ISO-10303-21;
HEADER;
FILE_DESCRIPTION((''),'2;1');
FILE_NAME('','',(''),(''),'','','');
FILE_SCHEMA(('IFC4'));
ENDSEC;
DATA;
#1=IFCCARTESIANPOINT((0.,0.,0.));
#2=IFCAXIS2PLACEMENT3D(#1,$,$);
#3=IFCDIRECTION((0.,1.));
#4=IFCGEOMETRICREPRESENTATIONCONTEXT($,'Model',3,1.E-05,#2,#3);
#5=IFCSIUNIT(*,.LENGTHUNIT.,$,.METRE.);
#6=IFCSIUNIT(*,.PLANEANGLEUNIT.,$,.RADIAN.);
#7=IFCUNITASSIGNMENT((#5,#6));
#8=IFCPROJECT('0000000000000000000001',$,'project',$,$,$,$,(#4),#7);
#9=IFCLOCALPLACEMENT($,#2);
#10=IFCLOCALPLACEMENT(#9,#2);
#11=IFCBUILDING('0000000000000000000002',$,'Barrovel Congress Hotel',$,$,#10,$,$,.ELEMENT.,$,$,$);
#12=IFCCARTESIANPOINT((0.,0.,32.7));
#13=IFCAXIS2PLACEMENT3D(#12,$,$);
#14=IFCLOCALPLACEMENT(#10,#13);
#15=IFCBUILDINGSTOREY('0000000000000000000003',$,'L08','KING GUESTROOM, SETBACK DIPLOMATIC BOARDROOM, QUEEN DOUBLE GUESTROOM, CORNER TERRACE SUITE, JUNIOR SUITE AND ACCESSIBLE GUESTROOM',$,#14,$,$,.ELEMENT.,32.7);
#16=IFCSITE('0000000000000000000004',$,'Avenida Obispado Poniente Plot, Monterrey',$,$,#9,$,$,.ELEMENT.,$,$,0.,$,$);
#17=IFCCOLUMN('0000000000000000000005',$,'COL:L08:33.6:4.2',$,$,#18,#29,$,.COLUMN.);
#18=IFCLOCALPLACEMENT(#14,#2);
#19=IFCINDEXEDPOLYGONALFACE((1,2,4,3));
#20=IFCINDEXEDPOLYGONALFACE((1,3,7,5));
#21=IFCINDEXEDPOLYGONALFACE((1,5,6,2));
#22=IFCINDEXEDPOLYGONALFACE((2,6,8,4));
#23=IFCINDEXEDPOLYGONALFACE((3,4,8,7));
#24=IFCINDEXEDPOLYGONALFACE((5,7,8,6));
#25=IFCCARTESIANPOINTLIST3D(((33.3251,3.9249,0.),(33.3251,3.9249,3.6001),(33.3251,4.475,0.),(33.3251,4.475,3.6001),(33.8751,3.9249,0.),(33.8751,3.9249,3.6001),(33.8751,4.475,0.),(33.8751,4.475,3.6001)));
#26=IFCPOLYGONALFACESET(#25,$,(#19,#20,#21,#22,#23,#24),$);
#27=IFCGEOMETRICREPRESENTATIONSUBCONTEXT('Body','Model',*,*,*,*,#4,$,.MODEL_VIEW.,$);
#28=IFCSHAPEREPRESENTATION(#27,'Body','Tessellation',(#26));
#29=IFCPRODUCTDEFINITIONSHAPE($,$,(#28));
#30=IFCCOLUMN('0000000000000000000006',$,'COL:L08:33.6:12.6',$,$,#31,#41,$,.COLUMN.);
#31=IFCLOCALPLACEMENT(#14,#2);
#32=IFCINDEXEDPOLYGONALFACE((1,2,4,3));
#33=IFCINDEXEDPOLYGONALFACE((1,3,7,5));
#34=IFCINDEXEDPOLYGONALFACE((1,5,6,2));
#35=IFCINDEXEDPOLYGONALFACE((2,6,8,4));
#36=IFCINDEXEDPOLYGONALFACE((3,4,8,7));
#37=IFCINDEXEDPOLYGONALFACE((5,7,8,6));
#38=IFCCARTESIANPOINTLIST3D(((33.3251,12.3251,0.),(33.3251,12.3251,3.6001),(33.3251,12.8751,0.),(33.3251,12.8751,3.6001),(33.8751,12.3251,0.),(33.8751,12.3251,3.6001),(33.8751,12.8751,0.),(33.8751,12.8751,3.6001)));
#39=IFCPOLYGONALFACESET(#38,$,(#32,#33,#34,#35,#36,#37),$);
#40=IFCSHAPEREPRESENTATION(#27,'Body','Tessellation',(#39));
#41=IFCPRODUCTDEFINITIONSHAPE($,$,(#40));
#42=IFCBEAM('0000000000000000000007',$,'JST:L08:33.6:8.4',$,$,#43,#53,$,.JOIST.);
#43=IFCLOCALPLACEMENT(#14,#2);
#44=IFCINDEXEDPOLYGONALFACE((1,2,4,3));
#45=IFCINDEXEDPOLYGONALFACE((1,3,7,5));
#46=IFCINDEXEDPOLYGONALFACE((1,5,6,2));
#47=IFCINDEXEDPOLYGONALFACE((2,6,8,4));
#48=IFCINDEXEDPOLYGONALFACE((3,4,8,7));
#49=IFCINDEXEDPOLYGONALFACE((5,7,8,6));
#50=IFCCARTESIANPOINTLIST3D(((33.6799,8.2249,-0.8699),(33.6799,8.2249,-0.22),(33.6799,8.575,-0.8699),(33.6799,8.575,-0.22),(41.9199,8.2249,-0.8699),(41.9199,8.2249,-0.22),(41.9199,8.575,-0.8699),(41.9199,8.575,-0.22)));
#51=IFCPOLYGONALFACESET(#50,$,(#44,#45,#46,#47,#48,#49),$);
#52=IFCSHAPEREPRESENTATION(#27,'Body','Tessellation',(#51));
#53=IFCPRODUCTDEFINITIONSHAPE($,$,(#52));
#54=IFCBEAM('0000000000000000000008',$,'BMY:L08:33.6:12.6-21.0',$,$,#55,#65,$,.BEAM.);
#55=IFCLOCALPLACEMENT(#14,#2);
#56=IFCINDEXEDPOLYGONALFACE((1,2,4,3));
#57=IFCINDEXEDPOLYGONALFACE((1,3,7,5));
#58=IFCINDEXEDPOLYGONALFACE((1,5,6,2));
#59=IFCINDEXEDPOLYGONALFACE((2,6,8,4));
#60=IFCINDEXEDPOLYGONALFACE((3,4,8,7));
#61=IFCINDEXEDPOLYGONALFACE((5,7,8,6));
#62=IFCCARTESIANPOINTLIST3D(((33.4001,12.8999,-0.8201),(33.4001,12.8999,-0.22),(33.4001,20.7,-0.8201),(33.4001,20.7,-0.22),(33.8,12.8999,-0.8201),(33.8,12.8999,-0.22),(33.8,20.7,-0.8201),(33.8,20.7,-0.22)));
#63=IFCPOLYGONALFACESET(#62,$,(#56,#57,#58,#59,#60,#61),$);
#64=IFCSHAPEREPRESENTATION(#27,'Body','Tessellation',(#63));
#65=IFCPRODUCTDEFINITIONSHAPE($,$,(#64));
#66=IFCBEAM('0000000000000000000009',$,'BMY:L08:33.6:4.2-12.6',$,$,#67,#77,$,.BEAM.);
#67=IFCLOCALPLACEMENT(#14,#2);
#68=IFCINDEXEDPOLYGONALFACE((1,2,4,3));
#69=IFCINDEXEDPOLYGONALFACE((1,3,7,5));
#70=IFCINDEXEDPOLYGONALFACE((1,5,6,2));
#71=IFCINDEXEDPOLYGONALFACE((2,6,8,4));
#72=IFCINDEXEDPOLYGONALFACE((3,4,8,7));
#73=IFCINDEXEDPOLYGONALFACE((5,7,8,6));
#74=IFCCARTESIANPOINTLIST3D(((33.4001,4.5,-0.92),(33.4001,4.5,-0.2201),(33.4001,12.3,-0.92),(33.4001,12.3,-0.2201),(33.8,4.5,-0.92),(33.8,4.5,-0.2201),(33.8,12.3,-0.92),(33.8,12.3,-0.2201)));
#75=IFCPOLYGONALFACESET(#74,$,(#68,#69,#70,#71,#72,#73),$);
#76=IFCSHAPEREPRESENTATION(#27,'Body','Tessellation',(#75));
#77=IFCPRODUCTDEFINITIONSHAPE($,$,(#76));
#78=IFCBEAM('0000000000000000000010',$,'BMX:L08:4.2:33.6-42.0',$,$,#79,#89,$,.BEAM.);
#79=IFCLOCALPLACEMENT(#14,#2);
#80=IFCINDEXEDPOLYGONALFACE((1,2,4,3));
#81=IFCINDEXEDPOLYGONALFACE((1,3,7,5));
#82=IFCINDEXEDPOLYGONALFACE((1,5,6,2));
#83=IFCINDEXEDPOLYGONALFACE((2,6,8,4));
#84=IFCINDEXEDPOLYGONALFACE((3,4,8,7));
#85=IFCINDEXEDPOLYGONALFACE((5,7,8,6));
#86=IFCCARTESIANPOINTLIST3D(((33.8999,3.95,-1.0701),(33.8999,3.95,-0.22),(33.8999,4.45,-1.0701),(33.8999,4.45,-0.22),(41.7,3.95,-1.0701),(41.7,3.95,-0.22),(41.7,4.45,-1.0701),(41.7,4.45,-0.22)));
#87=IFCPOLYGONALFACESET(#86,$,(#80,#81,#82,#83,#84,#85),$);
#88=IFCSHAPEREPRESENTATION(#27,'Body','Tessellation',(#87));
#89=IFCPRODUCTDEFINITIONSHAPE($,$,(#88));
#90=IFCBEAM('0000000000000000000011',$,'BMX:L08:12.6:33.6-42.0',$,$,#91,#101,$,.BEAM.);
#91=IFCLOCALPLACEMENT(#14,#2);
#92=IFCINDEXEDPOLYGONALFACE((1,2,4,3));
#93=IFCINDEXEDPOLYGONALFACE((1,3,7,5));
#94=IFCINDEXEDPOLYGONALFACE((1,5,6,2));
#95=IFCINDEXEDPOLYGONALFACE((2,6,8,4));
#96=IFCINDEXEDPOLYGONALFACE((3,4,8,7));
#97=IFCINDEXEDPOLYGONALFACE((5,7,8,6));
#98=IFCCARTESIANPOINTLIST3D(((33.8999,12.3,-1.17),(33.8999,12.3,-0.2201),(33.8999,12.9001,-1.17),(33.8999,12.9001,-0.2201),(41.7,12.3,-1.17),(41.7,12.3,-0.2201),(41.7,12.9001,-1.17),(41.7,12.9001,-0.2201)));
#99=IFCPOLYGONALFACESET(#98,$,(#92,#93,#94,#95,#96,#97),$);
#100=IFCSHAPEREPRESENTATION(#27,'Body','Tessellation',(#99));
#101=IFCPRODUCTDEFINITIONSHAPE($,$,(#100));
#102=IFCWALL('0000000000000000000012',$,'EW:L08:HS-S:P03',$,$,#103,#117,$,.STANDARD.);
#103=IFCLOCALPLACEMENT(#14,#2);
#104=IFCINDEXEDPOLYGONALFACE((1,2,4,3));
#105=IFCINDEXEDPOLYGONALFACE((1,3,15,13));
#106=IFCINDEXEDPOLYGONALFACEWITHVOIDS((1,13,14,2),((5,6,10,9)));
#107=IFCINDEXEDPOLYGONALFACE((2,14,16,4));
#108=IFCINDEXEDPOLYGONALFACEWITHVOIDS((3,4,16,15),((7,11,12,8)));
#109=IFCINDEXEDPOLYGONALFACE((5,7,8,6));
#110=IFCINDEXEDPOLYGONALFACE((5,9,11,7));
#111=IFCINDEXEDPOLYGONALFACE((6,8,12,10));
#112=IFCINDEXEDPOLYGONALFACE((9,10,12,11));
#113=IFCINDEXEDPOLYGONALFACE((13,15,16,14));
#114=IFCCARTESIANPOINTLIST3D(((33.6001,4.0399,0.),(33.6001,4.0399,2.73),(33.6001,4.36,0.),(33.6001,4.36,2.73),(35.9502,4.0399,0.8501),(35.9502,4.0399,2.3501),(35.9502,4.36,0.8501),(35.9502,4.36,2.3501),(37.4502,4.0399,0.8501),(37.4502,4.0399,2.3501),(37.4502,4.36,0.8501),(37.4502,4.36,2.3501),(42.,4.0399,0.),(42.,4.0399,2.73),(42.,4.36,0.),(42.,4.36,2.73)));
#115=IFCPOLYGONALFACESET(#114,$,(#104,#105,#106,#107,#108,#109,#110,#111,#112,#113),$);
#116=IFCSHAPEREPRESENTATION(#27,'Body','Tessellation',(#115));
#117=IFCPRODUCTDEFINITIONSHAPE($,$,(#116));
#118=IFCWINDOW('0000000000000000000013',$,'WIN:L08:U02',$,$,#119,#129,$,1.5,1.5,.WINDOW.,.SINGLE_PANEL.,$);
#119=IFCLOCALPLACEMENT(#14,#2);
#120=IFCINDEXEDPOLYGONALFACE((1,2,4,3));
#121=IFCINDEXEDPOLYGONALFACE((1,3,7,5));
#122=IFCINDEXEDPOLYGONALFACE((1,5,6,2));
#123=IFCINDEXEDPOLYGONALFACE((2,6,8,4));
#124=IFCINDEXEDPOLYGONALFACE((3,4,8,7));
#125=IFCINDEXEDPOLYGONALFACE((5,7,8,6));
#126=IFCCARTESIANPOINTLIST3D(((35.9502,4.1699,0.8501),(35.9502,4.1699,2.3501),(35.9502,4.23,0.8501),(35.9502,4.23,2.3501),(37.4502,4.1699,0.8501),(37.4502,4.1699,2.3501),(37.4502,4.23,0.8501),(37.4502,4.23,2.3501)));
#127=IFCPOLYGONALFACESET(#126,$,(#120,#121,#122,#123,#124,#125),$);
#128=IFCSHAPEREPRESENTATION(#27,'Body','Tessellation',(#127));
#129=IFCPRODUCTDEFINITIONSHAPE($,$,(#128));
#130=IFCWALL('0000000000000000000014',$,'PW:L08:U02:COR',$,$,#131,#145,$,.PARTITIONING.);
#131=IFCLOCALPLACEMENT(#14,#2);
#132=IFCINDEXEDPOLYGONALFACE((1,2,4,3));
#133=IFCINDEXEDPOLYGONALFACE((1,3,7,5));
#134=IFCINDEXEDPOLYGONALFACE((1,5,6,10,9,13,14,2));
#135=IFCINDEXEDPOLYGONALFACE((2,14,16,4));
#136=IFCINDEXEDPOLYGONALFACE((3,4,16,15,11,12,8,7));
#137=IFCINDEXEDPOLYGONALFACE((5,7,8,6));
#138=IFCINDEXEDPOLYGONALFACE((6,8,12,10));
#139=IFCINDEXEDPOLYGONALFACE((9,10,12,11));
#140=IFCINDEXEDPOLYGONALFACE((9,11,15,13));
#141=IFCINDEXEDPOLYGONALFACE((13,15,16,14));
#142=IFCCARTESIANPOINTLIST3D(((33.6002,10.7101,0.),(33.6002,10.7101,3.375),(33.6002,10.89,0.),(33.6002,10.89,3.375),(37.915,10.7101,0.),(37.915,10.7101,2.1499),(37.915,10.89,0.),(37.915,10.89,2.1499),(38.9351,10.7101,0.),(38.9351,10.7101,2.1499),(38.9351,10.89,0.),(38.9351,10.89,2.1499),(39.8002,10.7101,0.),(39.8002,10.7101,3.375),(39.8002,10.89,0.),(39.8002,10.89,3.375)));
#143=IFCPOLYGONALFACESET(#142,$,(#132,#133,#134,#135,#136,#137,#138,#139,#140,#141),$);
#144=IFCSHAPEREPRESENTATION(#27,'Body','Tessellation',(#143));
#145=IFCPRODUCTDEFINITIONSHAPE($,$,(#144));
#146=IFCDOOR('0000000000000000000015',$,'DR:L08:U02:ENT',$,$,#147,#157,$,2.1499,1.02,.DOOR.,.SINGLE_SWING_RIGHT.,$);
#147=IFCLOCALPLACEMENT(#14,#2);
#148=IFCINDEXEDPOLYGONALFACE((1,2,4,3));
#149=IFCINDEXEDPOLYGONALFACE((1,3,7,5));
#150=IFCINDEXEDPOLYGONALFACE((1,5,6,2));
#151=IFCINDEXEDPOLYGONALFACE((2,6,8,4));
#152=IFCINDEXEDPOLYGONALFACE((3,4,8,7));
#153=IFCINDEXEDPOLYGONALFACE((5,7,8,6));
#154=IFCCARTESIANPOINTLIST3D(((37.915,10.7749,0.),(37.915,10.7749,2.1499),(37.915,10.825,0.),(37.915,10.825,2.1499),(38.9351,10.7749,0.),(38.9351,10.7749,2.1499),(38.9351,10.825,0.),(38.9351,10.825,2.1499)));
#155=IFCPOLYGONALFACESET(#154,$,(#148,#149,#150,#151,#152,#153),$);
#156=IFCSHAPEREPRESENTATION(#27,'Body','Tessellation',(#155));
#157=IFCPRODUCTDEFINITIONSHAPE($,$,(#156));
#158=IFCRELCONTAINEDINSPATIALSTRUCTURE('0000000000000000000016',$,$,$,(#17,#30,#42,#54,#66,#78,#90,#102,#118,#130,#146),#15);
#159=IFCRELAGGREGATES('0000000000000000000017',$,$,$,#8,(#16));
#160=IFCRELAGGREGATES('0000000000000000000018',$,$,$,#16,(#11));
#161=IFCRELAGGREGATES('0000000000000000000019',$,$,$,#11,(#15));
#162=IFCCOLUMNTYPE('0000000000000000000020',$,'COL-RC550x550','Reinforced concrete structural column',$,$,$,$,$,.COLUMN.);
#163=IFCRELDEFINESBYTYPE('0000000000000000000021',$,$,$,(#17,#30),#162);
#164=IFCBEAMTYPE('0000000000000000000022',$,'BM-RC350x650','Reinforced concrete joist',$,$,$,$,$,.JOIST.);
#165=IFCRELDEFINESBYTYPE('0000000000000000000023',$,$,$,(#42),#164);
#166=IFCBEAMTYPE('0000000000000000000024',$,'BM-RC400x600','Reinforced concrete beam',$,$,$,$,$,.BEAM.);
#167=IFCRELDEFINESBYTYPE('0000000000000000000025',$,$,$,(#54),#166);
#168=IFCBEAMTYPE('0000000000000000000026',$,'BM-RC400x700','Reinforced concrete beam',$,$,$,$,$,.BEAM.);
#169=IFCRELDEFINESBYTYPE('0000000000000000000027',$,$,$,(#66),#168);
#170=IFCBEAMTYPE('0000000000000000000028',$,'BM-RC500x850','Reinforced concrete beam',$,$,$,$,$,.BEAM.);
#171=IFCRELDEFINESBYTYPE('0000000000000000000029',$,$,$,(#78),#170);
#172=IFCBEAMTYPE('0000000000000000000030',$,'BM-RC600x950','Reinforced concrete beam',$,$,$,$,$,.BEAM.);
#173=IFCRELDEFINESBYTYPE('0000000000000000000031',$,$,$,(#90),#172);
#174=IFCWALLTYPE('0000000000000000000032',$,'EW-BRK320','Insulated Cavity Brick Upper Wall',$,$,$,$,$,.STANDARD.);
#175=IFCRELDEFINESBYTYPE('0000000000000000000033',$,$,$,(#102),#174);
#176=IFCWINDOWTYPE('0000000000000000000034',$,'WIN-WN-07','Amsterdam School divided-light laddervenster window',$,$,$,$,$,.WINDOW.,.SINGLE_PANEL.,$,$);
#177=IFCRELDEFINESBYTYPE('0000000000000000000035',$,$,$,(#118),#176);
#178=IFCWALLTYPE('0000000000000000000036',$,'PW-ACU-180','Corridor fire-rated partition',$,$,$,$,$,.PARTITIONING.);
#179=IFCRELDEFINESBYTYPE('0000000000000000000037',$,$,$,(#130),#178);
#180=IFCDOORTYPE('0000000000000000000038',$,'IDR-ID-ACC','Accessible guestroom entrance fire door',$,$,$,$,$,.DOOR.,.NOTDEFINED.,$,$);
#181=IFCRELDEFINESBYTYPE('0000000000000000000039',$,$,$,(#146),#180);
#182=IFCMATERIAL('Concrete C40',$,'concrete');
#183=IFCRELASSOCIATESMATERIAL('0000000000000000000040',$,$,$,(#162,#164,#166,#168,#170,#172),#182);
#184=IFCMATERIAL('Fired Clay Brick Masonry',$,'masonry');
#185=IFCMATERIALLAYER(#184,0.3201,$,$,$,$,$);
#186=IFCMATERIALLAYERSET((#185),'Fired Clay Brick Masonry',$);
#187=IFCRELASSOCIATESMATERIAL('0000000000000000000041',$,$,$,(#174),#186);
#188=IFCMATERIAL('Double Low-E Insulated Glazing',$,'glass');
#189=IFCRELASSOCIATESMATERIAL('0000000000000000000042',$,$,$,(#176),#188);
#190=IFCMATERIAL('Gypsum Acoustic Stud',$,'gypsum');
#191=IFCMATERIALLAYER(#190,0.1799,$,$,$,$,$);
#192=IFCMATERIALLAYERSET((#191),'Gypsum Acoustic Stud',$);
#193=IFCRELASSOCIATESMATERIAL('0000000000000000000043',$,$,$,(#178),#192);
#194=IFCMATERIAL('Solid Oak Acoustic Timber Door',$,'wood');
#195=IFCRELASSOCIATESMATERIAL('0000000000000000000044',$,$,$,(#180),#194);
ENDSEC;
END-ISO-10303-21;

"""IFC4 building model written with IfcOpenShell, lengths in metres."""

from ifc_helpers import new_model, si_unit, direction, frame, frame_2d, origin, origin_2d, place, context, subcontext, project, spatial, rectangle, extrude, material, layer, layer_set, material_profile, profile_set, type_object, element, fill, save


model = new_model("IFC4")

# Units and contexts
model_context = context("Model", 3, precision=1e-05, world=origin(), true_north=direction((0.0, 1.0)))
body_context = subcontext(model_context, "Body", "Model", "MODEL_VIEW")
ifc_project = project(units=[si_unit("LENGTHUNIT", "METRE"), si_unit("PLANEANGLEUNIT", "RADIAN")], contexts=[model_context])

# Site, building, storey
site_placement = place(None, origin())
site = spatial("IfcSite", under=ifc_project, at=site_placement, Name="Avenida Obispado Poniente Plot, Monterrey", CompositionType="ELEMENT", RefElevation=0.0)
building_placement = place(site_placement, origin())
building = spatial("IfcBuilding", under=site, at=building_placement, Name="Barrovel Congress Hotel", CompositionType="ELEMENT")
storey_placement = place(building_placement, frame((0.0, 0.0, 32.7)))
storey = spatial("IfcBuildingStorey", under=building, at=storey_placement, Name="L08", Description="KING GUESTROOM, SETBACK DIPLOMATIC BOARDROOM, QUEEN DOUBLE GUESTROOM, CORNER TERRACE SUITE, JUNIOR SUITE AND ACCESSIBLE GUESTROOM", CompositionType="ELEMENT", Elevation=32.7)

# Columns
ifc_material_1 = material(Name="Concrete C40", Category="concrete")
ifc_material_profile_1 = material_profile(ifc_material_1, rectangle(XDim=0.55, YDim=0.55, at=origin_2d()), Name="RC550x550")
ifc_profile_set_1 = profile_set([ifc_material_profile_1], Name="Concrete C40")
column_type = type_object("IfcColumnType", Name="COL-RC550x550", Description="Reinforced concrete structural column", PredefinedType="COLUMN", material=ifc_profile_set_1)
for number, where, z_axis, x_axis, name in (
    (1, (33.6001, 4.2, 0.0), (0.0, 0.0, 1.0), (1.0, 0.0, 0.0), "COL:L08:33.6:4.2"),
    (2, (33.6001, 12.6001, 0.0), (0.0, 0.0, 1.0), (1.0, 0.0, 0.0), "COL:L08:33.6:12.6"),
):
    element("IfcColumn", number, at=place(storey_placement, frame(where, z_axis=z_axis, x_axis=x_axis)), inside=storey, type_object=column_type, Name=name, PredefinedType="COLUMN", context=body_context, shape_type="SweptSolid", body=[
        extrude(rectangle(XDim=0.55, YDim=0.55, at=origin_2d()), origin(), (0.0, 0.0, 1.0), 3.6001),
    ])

# Beams
ifc_material_profile_2 = material_profile(ifc_material_1, rectangle(XDim=0.3501, YDim=0.6499, at=origin_2d()), Name="RC350x650")
ifc_profile_set_2 = profile_set([ifc_material_profile_2], Name="Concrete C40")
beam_type_1 = type_object("IfcBeamType", Name="BM-RC350x650", Description="Reinforced concrete joist", PredefinedType="JOIST", material=ifc_profile_set_2)
beam_1_placement = place(storey_placement, frame((33.6799, 8.3999, -0.5449), z_axis=(1.0, 0.0, 0.0), x_axis=(0.0, 1.0, 0.0)))
element("IfcBeam", 3, at=beam_1_placement, inside=storey, type_object=beam_type_1, Name="JST:L08:33.6:8.4", PredefinedType="JOIST", context=body_context, shape_type="SweptSolid", body=[
    extrude(rectangle(XDim=0.3501, YDim=0.6499, at=origin_2d()), origin(), (0.0, 0.0, 1.0), 8.24),
])
ifc_material_profile_3 = material_profile(ifc_material_1, rectangle(XDim=0.3999, YDim=0.6001, at=origin_2d()), Name="RC400x600")
ifc_profile_set_3 = profile_set([ifc_material_profile_3], Name="Concrete C40")
beam_type_2 = type_object("IfcBeamType", Name="BM-RC400x600", Description="Reinforced concrete beam", PredefinedType="BEAM", material=ifc_profile_set_3)
beam_2_placement = place(storey_placement, frame((33.6001, 12.8999, -0.52), z_axis=(0.0, 1.0, 0.0), x_axis=(-1.0, 0.0, 0.0)))
element("IfcBeam", 4, at=beam_2_placement, inside=storey, type_object=beam_type_2, Name="BMY:L08:33.6:12.6-21.0", PredefinedType="BEAM", context=body_context, shape_type="SweptSolid", body=[
    extrude(rectangle(XDim=0.3999, YDim=0.6001, at=origin_2d()), origin(), (0.0, 0.0, 1.0), 7.8),
])
ifc_material_profile_4 = material_profile(ifc_material_1, rectangle(XDim=0.3999, YDim=0.7, at=origin_2d()), Name="RC400x700")
ifc_profile_set_4 = profile_set([ifc_material_profile_4], Name="Concrete C40")
beam_type_3 = type_object("IfcBeamType", Name="BM-RC400x700", Description="Reinforced concrete beam", PredefinedType="BEAM", material=ifc_profile_set_4)
beam_3_placement = place(storey_placement, frame((33.6001, 4.5, -0.5701), z_axis=(0.0, 1.0, 0.0), x_axis=(-1.0, 0.0, 0.0)))
element("IfcBeam", 5, at=beam_3_placement, inside=storey, type_object=beam_type_3, Name="BMY:L08:33.6:4.2-12.6", PredefinedType="BEAM", context=body_context, shape_type="SweptSolid", body=[
    extrude(rectangle(XDim=0.3999, YDim=0.7, at=origin_2d()), origin(), (0.0, 0.0, 1.0), 7.8),
])
ifc_material_profile_5 = material_profile(ifc_material_1, rectangle(XDim=0.5, YDim=0.8501, at=origin_2d()), Name="RC500x850")
ifc_profile_set_5 = profile_set([ifc_material_profile_5], Name="Concrete C40")
beam_type_4 = type_object("IfcBeamType", Name="BM-RC500x850", Description="Reinforced concrete beam", PredefinedType="BEAM", material=ifc_profile_set_5)
beam_4_placement = place(storey_placement, frame((33.8999, 4.2, -0.645), z_axis=(1.0, 0.0, 0.0), x_axis=(0.0, 1.0, 0.0)))
element("IfcBeam", 6, at=beam_4_placement, inside=storey, type_object=beam_type_4, Name="BMX:L08:4.2:33.6-42.0", PredefinedType="BEAM", context=body_context, shape_type="SweptSolid", body=[
    extrude(rectangle(XDim=0.5, YDim=0.8501, at=origin_2d()), origin(), (0.0, 0.0, 1.0), 7.8),
])
ifc_material_profile_6 = material_profile(ifc_material_1, rectangle(XDim=0.6001, YDim=0.95, at=origin_2d()), Name="RC600x950")
ifc_profile_set_6 = profile_set([ifc_material_profile_6], Name="Concrete C40")
beam_type_5 = type_object("IfcBeamType", Name="BM-RC600x950", Description="Reinforced concrete beam", PredefinedType="BEAM", material=ifc_profile_set_6)
beam_5_placement = place(storey_placement, frame((33.8999, 12.6001, -0.6951), z_axis=(1.0, 0.0, 0.0), x_axis=(0.0, 1.0, 0.0)))
element("IfcBeam", 7, at=beam_5_placement, inside=storey, type_object=beam_type_5, Name="BMX:L08:12.6:33.6-42.0", PredefinedType="BEAM", context=body_context, shape_type="SweptSolid", body=[
    extrude(rectangle(XDim=0.6001, YDim=0.95, at=origin_2d()), origin(), (0.0, 0.0, 1.0), 7.8),
])

# Wall, opening, window
ifc_material_2 = material(Name="Fired Clay Brick Masonry", Category="masonry")
ifc_layer_1 = layer(ifc_material_2, 0.3201)
ifc_layer_set_1 = layer_set([ifc_layer_1], Name="Fired Clay Brick Masonry")
wall_type_1 = type_object("IfcWallType", Name="EW-BRK320", Description="Insulated Cavity Brick Upper Wall", PredefinedType="STANDARD", material=ifc_layer_set_1)
wall_1_placement = place(storey_placement, frame((33.6001, 4.2, 0.0), z_axis=(0.0, 0.0, 1.0), x_axis=(1.0, 0.0, 0.0)))
wall_1 = element("IfcWall", 8, at=wall_1_placement, inside=storey, type_object=wall_type_1, Name="EW:L08:HS-S:P03", PredefinedType="STANDARD", context=body_context, shape_type="SweptSolid", body=[
    extrude(rectangle(XDim=8.3999, YDim=0.3201, at=frame_2d((4.2, 0.0))), origin(), (0.0, 0.0, 1.0), 2.73),
])
opening_1_placement = place(wall_1_placement, frame((2.3501, 0.0, 0.8501)))
opening_1 = element("IfcOpeningElement", 9, at=opening_1_placement, cuts=wall_1, PredefinedType="OPENING", context=body_context, shape_type="SweptSolid", body=[
    extrude(rectangle(XDim=1.5, YDim=1.5, at=frame_2d((0.75, 0.75))), frame((0.0, 0.1699, 0.0), z_axis=(0.0, -1.0, 0.0), x_axis=(1.0, 0.0, 0.0)), (0.0, 0.0, 1.0), 0.3401),
])
ifc_material_3 = material(Name="Double Low-E Insulated Glazing", Category="glass")
window_type = type_object("IfcWindowType", Name="WIN-WN-07", Description="Amsterdam School divided-light laddervenster window", PartitioningType="SINGLE_PANEL", PredefinedType="WINDOW", material=ifc_material_3)
window_placement = place(opening_1_placement, origin())
window = element("IfcWindow", 10, at=window_placement, inside=storey, type_object=window_type, Name="WIN:L08:U02", OverallHeight=1.5, OverallWidth=1.5, PartitioningType="SINGLE_PANEL", PredefinedType="WINDOW", context=body_context, shape_type="SweptSolid", body=[
    extrude(rectangle(XDim=1.5, YDim=1.5, at=frame_2d((0.75, 0.75))), frame((0.0, 0.03, 0.0), z_axis=(0.0, -1.0, 0.0), x_axis=(1.0, 0.0, 0.0)), (0.0, 0.0, 1.0), 0.0601),
])
fill(opening_1, window)

# Wall, opening, door
ifc_material_4 = material(Name="Gypsum Acoustic Stud", Category="gypsum")
ifc_layer_2 = layer(ifc_material_4, 0.1799)
ifc_layer_set_2 = layer_set([ifc_layer_2], Name="Gypsum Acoustic Stud")
wall_type_2 = type_object("IfcWallType", Name="PW-ACU-180", Description="Corridor fire-rated partition", PredefinedType="PARTITIONING", material=ifc_layer_set_2)
wall_2_placement = place(storey_placement, frame((33.6001, 10.8, 0.0), z_axis=(0.0, 0.0, 1.0), x_axis=(1.0, 0.0, 0.0)))
wall_2 = element("IfcWall", 11, at=wall_2_placement, inside=storey, type_object=wall_type_2, Name="PW:L08:U02:COR", PredefinedType="PARTITIONING", context=body_context, shape_type="SweptSolid", body=[
    extrude(rectangle(XDim=6.2, YDim=0.1799, at=frame_2d((3.1001, 0.0))), origin(), (0.0, 0.0, 1.0), 3.375),
])
opening_2_placement = place(wall_2_placement, frame((4.3149, 0.0, 0.0)))
opening_2 = element("IfcOpeningElement", 12, at=opening_2_placement, cuts=wall_2, PredefinedType="OPENING", context=body_context, shape_type="SweptSolid", body=[
    extrude(rectangle(XDim=1.02, YDim=2.1499, at=frame_2d((0.51, 1.075))), frame((0.0, 0.1001, 0.0), z_axis=(0.0, -1.0, 0.0), x_axis=(1.0, 0.0, 0.0)), (0.0, 0.0, 1.0), 0.2),
])
ifc_material_5 = material(Name="Solid Oak Acoustic Timber Door", Category="wood")
door_type_1 = type_object("IfcDoorType", Name="IDR-ID-ACC", Description="Accessible guestroom entrance fire door", OperationType="NOTDEFINED", PredefinedType="DOOR", material=ifc_material_5)
door_1_placement = place(opening_2_placement, origin())
door_1 = element("IfcDoor", 13, at=door_1_placement, inside=storey, type_object=door_type_1, Name="DR:L08:U02:ENT", OperationType="SINGLE_SWING_RIGHT", OverallHeight=2.1499, OverallWidth=1.02, PredefinedType="DOOR", context=body_context, shape_type="SweptSolid", body=[
    extrude(rectangle(XDim=1.02, YDim=2.1499, at=frame_2d((0.51, 1.075))), frame((0.0, 0.0249, 0.0), z_axis=(0.0, -1.0, 0.0), x_axis=(1.0, 0.0, 0.0)), (0.0, 0.0, 1.0), 0.05),
])
fill(opening_2, door_1)

save(model, "model.ifc")
